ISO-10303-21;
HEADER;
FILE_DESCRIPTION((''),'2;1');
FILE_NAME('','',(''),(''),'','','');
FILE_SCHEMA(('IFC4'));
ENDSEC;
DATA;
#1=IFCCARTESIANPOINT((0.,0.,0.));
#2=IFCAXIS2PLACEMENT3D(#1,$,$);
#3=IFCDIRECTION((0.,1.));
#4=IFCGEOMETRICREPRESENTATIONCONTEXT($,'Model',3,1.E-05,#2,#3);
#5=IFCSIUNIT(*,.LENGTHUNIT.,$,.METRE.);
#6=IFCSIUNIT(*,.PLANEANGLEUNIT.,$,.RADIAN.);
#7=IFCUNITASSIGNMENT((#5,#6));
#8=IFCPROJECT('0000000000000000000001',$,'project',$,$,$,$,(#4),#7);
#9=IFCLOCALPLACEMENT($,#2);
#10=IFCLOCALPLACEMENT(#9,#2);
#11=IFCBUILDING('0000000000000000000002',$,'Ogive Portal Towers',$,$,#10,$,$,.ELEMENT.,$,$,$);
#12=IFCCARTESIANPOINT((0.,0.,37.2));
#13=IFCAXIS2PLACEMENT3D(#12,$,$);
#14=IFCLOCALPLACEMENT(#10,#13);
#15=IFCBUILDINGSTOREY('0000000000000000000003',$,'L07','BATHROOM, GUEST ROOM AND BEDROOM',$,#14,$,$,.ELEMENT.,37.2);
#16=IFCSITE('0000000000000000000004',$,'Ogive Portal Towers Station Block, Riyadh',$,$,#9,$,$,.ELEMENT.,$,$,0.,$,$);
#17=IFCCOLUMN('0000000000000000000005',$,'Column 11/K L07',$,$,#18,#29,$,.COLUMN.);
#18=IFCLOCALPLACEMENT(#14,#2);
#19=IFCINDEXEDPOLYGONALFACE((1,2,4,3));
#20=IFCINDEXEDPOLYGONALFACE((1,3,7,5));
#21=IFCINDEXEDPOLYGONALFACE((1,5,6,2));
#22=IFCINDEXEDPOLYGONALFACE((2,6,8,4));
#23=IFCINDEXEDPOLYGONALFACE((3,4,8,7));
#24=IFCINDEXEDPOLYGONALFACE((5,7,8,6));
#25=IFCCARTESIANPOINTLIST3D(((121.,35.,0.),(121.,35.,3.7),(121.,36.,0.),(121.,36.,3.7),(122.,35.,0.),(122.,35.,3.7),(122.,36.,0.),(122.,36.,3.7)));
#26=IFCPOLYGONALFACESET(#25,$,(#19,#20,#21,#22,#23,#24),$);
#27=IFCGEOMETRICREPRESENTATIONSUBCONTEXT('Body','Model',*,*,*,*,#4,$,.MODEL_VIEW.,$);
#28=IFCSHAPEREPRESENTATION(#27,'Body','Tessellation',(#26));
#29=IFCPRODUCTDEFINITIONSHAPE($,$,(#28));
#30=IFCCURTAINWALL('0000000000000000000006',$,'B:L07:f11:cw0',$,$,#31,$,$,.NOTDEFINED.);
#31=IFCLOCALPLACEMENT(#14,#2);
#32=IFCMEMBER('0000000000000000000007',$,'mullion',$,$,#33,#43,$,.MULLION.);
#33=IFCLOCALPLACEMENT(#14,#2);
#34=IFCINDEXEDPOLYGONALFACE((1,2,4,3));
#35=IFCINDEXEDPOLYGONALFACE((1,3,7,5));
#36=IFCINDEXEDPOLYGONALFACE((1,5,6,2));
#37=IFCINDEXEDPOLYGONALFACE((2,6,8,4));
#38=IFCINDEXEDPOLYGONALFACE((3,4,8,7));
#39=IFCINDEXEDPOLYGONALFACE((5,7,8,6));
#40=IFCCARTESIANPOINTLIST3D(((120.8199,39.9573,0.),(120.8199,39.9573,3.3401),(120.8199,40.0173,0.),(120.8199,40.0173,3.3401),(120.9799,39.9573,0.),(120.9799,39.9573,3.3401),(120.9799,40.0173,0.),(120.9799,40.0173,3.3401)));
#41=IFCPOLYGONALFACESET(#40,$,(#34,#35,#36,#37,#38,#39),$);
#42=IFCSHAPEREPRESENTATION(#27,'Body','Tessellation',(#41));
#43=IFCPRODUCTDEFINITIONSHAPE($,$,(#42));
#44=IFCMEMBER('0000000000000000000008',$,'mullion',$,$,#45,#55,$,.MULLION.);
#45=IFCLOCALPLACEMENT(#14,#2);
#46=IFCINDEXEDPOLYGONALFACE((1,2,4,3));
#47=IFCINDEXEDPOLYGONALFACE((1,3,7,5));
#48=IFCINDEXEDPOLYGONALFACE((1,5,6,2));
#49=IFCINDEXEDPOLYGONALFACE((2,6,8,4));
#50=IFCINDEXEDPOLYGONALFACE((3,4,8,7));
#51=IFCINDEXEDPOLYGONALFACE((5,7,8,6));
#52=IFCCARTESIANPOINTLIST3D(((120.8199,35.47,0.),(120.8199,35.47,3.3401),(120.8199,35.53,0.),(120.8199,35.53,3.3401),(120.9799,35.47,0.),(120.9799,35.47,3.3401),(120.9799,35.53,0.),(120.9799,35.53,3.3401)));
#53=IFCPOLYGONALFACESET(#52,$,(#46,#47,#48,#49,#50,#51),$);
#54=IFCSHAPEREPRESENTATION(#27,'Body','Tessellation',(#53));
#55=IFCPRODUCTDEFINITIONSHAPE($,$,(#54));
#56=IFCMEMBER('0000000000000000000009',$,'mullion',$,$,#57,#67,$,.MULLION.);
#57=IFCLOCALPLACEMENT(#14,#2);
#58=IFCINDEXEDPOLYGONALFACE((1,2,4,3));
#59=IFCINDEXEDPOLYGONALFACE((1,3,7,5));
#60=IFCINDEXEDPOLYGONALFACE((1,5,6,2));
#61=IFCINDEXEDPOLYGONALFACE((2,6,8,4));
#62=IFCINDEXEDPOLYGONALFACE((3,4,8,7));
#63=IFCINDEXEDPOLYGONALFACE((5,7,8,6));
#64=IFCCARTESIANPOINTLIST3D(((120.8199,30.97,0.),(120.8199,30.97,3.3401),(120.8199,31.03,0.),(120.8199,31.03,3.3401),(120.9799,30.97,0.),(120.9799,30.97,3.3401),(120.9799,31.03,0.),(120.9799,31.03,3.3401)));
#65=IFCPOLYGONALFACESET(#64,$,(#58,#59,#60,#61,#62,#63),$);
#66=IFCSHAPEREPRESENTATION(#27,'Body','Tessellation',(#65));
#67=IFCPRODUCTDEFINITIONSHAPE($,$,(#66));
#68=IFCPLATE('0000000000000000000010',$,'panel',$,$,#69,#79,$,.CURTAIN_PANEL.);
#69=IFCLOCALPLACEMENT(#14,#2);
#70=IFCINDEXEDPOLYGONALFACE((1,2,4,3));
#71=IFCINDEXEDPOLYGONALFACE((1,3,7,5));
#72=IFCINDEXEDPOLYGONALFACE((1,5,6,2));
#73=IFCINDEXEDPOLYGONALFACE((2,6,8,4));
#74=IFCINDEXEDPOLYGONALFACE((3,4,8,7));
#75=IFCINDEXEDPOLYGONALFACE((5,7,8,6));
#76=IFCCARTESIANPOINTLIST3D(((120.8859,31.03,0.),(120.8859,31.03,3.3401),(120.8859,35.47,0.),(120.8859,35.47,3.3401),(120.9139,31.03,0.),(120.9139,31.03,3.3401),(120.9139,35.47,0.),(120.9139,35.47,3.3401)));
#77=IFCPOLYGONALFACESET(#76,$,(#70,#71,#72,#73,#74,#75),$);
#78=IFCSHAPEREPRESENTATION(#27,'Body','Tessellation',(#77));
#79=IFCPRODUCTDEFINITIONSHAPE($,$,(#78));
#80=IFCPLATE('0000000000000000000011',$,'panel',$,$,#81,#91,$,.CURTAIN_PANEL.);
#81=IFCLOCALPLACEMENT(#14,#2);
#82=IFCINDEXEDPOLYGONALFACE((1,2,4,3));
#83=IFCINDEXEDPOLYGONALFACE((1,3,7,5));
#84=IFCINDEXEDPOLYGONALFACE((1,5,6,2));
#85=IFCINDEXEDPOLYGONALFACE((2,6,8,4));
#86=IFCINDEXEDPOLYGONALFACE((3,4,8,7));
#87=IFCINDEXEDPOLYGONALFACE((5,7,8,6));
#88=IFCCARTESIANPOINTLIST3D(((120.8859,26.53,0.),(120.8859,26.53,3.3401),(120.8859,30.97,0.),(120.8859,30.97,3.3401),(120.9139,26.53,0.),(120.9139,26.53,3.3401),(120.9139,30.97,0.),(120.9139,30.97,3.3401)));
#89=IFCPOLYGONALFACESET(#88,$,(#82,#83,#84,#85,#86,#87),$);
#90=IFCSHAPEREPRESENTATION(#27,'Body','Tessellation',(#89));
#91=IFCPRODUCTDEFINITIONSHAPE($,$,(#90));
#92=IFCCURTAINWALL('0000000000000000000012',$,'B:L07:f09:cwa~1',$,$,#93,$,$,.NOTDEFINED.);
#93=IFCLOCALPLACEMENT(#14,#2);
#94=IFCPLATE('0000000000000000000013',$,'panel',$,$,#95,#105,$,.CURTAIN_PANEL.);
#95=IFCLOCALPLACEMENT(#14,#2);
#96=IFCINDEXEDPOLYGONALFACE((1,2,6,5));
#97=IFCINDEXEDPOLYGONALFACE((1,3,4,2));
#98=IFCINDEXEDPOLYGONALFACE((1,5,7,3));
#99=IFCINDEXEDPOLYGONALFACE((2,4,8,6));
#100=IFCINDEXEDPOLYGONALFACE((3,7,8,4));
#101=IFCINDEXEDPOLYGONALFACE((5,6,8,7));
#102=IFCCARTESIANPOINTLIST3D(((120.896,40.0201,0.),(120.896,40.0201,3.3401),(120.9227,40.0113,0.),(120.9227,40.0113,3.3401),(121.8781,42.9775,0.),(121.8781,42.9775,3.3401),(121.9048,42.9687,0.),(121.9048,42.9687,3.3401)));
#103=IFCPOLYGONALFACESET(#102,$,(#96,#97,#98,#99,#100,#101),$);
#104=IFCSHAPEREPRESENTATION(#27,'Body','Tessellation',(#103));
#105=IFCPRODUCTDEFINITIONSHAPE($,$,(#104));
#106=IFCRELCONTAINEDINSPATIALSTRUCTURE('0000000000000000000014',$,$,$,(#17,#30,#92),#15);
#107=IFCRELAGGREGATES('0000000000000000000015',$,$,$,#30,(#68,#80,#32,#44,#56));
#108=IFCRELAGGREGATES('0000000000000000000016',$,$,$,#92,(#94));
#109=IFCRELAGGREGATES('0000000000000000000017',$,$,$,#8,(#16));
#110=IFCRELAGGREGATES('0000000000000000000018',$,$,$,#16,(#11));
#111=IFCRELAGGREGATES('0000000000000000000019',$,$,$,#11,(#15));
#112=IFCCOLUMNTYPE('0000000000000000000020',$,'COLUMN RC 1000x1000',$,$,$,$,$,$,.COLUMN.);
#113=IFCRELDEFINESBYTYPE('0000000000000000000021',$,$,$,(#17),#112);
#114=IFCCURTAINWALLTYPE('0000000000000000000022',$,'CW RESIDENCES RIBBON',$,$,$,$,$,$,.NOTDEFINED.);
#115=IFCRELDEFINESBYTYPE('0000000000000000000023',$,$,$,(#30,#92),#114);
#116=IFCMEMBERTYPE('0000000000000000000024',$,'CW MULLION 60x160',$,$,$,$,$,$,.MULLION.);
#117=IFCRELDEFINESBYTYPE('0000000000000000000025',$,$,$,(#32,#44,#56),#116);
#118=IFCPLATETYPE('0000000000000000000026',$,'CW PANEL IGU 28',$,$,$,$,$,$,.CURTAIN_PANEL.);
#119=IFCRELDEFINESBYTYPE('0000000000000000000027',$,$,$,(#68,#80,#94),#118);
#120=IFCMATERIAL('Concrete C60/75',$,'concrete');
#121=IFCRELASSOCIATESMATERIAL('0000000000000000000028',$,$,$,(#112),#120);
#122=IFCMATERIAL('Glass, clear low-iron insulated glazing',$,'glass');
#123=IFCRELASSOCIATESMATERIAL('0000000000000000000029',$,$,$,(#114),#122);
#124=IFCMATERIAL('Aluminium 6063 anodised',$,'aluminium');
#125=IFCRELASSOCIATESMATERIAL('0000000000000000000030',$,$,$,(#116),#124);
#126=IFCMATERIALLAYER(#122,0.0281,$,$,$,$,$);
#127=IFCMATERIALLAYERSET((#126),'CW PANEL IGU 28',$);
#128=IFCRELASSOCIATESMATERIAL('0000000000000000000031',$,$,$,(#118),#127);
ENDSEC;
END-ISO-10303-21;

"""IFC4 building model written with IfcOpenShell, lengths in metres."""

from ifc_helpers import new_model, si_unit, direction, frame, origin, origin_2d, place, context, subcontext, project, spatial, rectangle, extrude, material, layer, layer_set, material_profile, profile_set, type_object, element, aggregate, save


model = new_model("IFC4")

# Units and contexts
model_context = context("Model", 3, precision=1e-05, world=origin(), true_north=direction((0.0, 1.0)))
body_context = subcontext(model_context, "Body", "Model", "MODEL_VIEW")
ifc_project = project(units=[si_unit("LENGTHUNIT", "METRE"), si_unit("PLANEANGLEUNIT", "RADIAN")], contexts=[model_context])

# Site, building, storey
site_placement = place(None, origin())
site = spatial("IfcSite", under=ifc_project, at=site_placement, Name="Ogive Portal Towers Station Block, Riyadh", CompositionType="ELEMENT", RefElevation=0.0)
building_placement = place(site_placement, origin())
building = spatial("IfcBuilding", under=site, at=building_placement, Name="Ogive Portal Towers", CompositionType="ELEMENT")
storey_placement = place(building_placement, frame((0.0, 0.0, 37.2)))
storey = spatial("IfcBuildingStorey", under=building, at=storey_placement, Name="L07", Description="BATHROOM, GUEST ROOM AND BEDROOM", CompositionType="ELEMENT", Elevation=37.2)

# Column
ifc_material_1 = material(Name="Concrete C60/75", Category="concrete")
ifc_material_profile_1 = material_profile(ifc_material_1, rectangle(XDim=1.0, YDim=1.0, at=origin_2d()), Name="RC 1000x1000")
ifc_profile_set_1 = profile_set([ifc_material_profile_1], Name="Concrete C60/75")
column_type = type_object("IfcColumnType", Name="COLUMN RC 1000x1000", PredefinedType="COLUMN", material=ifc_profile_set_1)
column_placement = place(storey_placement, frame((121.5, 35.5, 0.0), z_axis=(0.0, 0.0, 1.0), x_axis=(1.0, 0.0, 0.0)))
element("IfcColumn", 1, at=column_placement, inside=storey, type_object=column_type, Name="Column 11/K L07", PredefinedType="COLUMN", context=body_context, shape_type="SweptSolid", body=[
    extrude(rectangle(XDim=1.0, YDim=1.0, at=origin_2d()), origin(), (0.0, 0.0, 1.0), 3.7),
])

# Curtain wall, members, plates
ifc_material_2 = material(Name="Glass, clear low-iron insulated glazing", Category="glass")
curtain_wall_type = type_object("IfcCurtainWallType", Name="CW RESIDENCES RIBBON", PredefinedType="NOTDEFINED", material=ifc_material_2)
curtain_wall_1_placement = place(storey_placement, origin())
curtain_wall_1 = element("IfcCurtainWall", 2, at=curtain_wall_1_placement, inside=storey, type_object=curtain_wall_type, Name="B:L07:f11:cw0", PredefinedType="NOTDEFINED")
ifc_material_3 = material(Name="Aluminium 6063 anodised", Category="aluminium")
ifc_material_profile_2 = material_profile(ifc_material_3, rectangle(XDim=0.1599, YDim=0.0601, at=origin_2d()), Name="AL 60x160")
ifc_profile_set_2 = profile_set([ifc_material_profile_2], Name="Aluminium 6063 anodised")
member_type = type_object("IfcMemberType", Name="CW MULLION 60x160", PredefinedType="MULLION", material=ifc_profile_set_2)
member_1_placement = place(storey_placement, frame((120.8999, 39.9873, 0.0), z_axis=(0.0, 0.0, 1.0), x_axis=(1.0, 0.0, 0.0)))
member_1 = element("IfcMember", 3, at=member_1_placement, type_object=member_type, Name="mullion", PredefinedType="MULLION", context=body_context, shape_type="SweptSolid", body=[
    extrude(rectangle(XDim=0.1599, YDim=0.0601, at=origin_2d()), origin(), (0.0, 0.0, 1.0), 3.3401),
])
member_2_placement = place(storey_placement, frame((120.8999, 35.5, 0.0), z_axis=(0.0, 0.0, 1.0), x_axis=(1.0, 0.0, 0.0)))
member_2 = element("IfcMember", 4, at=member_2_placement, type_object=member_type, Name="mullion", PredefinedType="MULLION", context=body_context, shape_type="SweptSolid", body=[
    extrude(rectangle(XDim=0.1599, YDim=0.0601, at=origin_2d()), origin(), (0.0, 0.0, 1.0), 3.3401),
])
member_3_placement = place(storey_placement, frame((120.8999, 31.0, 0.0), z_axis=(0.0, 0.0, 1.0), x_axis=(1.0, 0.0, 0.0)))
member_3 = element("IfcMember", 5, at=member_3_placement, type_object=member_type, Name="mullion", PredefinedType="MULLION", context=body_context, shape_type="SweptSolid", body=[
    extrude(rectangle(XDim=0.1599, YDim=0.0601, at=origin_2d()), origin(), (0.0, 0.0, 1.0), 3.3401),
])
ifc_layer_1 = layer(ifc_material_2, 0.0281)
ifc_layer_set_1 = layer_set([ifc_layer_1], Name="CW PANEL IGU 28")
plate_type = type_object("IfcPlateType", Name="CW PANEL IGU 28", PredefinedType="CURTAIN_PANEL", material=ifc_layer_set_1)
plate_1_placement = place(storey_placement, frame((120.8999, 33.25, 0.0), z_axis=(0.0, 0.0, 1.0), x_axis=(0.0, -1.0, 0.0)))
plate_1 = element("IfcPlate", 6, at=plate_1_placement, type_object=plate_type, Name="panel", PredefinedType="CURTAIN_PANEL", context=body_context, shape_type="SweptSolid", body=[
    extrude(rectangle(XDim=4.4399, YDim=0.0281, at=origin_2d()), origin(), (0.0, 0.0, 1.0), 3.3401),
])
plate_2_placement = place(storey_placement, frame((120.8999, 28.75, 0.0), z_axis=(0.0, 0.0, 1.0), x_axis=(0.0, -1.0, 0.0)))
plate_2 = element("IfcPlate", 7, at=plate_2_placement, type_object=plate_type, Name="panel", PredefinedType="CURTAIN_PANEL", context=body_context, shape_type="SweptSolid", body=[
    extrude(rectangle(XDim=4.4399, YDim=0.0281, at=origin_2d()), origin(), (0.0, 0.0, 1.0), 3.3401),
])
aggregate(curtain_wall_1, [plate_1, plate_2, member_1, member_2, member_3])

# Curtain wall, plate
curtain_wall_2_placement = place(storey_placement, origin())
curtain_wall_2 = element("IfcCurtainWall", 8, at=curtain_wall_2_placement, inside=storey, type_object=curtain_wall_type, Name="B:L07:f09:cwa~1", PredefinedType="NOTDEFINED")
plate_3_placement = place(storey_placement, frame((121.4004, 41.4944, 0.0), z_axis=(0.0, 0.0, 1.0), x_axis=(-0.315156, -0.94904, 0.0)))
plate_3 = element("IfcPlate", 9, at=plate_3_placement, type_object=plate_type, Name="panel", PredefinedType="CURTAIN_PANEL", context=body_context, shape_type="SweptSolid", body=[
    extrude(rectangle(XDim=3.1162, YDim=0.0281, at=origin_2d()), origin(), (0.0, 0.0, 1.0), 3.3401),
])
aggregate(curtain_wall_2, [plate_3])

save(model, "model.ifc")
